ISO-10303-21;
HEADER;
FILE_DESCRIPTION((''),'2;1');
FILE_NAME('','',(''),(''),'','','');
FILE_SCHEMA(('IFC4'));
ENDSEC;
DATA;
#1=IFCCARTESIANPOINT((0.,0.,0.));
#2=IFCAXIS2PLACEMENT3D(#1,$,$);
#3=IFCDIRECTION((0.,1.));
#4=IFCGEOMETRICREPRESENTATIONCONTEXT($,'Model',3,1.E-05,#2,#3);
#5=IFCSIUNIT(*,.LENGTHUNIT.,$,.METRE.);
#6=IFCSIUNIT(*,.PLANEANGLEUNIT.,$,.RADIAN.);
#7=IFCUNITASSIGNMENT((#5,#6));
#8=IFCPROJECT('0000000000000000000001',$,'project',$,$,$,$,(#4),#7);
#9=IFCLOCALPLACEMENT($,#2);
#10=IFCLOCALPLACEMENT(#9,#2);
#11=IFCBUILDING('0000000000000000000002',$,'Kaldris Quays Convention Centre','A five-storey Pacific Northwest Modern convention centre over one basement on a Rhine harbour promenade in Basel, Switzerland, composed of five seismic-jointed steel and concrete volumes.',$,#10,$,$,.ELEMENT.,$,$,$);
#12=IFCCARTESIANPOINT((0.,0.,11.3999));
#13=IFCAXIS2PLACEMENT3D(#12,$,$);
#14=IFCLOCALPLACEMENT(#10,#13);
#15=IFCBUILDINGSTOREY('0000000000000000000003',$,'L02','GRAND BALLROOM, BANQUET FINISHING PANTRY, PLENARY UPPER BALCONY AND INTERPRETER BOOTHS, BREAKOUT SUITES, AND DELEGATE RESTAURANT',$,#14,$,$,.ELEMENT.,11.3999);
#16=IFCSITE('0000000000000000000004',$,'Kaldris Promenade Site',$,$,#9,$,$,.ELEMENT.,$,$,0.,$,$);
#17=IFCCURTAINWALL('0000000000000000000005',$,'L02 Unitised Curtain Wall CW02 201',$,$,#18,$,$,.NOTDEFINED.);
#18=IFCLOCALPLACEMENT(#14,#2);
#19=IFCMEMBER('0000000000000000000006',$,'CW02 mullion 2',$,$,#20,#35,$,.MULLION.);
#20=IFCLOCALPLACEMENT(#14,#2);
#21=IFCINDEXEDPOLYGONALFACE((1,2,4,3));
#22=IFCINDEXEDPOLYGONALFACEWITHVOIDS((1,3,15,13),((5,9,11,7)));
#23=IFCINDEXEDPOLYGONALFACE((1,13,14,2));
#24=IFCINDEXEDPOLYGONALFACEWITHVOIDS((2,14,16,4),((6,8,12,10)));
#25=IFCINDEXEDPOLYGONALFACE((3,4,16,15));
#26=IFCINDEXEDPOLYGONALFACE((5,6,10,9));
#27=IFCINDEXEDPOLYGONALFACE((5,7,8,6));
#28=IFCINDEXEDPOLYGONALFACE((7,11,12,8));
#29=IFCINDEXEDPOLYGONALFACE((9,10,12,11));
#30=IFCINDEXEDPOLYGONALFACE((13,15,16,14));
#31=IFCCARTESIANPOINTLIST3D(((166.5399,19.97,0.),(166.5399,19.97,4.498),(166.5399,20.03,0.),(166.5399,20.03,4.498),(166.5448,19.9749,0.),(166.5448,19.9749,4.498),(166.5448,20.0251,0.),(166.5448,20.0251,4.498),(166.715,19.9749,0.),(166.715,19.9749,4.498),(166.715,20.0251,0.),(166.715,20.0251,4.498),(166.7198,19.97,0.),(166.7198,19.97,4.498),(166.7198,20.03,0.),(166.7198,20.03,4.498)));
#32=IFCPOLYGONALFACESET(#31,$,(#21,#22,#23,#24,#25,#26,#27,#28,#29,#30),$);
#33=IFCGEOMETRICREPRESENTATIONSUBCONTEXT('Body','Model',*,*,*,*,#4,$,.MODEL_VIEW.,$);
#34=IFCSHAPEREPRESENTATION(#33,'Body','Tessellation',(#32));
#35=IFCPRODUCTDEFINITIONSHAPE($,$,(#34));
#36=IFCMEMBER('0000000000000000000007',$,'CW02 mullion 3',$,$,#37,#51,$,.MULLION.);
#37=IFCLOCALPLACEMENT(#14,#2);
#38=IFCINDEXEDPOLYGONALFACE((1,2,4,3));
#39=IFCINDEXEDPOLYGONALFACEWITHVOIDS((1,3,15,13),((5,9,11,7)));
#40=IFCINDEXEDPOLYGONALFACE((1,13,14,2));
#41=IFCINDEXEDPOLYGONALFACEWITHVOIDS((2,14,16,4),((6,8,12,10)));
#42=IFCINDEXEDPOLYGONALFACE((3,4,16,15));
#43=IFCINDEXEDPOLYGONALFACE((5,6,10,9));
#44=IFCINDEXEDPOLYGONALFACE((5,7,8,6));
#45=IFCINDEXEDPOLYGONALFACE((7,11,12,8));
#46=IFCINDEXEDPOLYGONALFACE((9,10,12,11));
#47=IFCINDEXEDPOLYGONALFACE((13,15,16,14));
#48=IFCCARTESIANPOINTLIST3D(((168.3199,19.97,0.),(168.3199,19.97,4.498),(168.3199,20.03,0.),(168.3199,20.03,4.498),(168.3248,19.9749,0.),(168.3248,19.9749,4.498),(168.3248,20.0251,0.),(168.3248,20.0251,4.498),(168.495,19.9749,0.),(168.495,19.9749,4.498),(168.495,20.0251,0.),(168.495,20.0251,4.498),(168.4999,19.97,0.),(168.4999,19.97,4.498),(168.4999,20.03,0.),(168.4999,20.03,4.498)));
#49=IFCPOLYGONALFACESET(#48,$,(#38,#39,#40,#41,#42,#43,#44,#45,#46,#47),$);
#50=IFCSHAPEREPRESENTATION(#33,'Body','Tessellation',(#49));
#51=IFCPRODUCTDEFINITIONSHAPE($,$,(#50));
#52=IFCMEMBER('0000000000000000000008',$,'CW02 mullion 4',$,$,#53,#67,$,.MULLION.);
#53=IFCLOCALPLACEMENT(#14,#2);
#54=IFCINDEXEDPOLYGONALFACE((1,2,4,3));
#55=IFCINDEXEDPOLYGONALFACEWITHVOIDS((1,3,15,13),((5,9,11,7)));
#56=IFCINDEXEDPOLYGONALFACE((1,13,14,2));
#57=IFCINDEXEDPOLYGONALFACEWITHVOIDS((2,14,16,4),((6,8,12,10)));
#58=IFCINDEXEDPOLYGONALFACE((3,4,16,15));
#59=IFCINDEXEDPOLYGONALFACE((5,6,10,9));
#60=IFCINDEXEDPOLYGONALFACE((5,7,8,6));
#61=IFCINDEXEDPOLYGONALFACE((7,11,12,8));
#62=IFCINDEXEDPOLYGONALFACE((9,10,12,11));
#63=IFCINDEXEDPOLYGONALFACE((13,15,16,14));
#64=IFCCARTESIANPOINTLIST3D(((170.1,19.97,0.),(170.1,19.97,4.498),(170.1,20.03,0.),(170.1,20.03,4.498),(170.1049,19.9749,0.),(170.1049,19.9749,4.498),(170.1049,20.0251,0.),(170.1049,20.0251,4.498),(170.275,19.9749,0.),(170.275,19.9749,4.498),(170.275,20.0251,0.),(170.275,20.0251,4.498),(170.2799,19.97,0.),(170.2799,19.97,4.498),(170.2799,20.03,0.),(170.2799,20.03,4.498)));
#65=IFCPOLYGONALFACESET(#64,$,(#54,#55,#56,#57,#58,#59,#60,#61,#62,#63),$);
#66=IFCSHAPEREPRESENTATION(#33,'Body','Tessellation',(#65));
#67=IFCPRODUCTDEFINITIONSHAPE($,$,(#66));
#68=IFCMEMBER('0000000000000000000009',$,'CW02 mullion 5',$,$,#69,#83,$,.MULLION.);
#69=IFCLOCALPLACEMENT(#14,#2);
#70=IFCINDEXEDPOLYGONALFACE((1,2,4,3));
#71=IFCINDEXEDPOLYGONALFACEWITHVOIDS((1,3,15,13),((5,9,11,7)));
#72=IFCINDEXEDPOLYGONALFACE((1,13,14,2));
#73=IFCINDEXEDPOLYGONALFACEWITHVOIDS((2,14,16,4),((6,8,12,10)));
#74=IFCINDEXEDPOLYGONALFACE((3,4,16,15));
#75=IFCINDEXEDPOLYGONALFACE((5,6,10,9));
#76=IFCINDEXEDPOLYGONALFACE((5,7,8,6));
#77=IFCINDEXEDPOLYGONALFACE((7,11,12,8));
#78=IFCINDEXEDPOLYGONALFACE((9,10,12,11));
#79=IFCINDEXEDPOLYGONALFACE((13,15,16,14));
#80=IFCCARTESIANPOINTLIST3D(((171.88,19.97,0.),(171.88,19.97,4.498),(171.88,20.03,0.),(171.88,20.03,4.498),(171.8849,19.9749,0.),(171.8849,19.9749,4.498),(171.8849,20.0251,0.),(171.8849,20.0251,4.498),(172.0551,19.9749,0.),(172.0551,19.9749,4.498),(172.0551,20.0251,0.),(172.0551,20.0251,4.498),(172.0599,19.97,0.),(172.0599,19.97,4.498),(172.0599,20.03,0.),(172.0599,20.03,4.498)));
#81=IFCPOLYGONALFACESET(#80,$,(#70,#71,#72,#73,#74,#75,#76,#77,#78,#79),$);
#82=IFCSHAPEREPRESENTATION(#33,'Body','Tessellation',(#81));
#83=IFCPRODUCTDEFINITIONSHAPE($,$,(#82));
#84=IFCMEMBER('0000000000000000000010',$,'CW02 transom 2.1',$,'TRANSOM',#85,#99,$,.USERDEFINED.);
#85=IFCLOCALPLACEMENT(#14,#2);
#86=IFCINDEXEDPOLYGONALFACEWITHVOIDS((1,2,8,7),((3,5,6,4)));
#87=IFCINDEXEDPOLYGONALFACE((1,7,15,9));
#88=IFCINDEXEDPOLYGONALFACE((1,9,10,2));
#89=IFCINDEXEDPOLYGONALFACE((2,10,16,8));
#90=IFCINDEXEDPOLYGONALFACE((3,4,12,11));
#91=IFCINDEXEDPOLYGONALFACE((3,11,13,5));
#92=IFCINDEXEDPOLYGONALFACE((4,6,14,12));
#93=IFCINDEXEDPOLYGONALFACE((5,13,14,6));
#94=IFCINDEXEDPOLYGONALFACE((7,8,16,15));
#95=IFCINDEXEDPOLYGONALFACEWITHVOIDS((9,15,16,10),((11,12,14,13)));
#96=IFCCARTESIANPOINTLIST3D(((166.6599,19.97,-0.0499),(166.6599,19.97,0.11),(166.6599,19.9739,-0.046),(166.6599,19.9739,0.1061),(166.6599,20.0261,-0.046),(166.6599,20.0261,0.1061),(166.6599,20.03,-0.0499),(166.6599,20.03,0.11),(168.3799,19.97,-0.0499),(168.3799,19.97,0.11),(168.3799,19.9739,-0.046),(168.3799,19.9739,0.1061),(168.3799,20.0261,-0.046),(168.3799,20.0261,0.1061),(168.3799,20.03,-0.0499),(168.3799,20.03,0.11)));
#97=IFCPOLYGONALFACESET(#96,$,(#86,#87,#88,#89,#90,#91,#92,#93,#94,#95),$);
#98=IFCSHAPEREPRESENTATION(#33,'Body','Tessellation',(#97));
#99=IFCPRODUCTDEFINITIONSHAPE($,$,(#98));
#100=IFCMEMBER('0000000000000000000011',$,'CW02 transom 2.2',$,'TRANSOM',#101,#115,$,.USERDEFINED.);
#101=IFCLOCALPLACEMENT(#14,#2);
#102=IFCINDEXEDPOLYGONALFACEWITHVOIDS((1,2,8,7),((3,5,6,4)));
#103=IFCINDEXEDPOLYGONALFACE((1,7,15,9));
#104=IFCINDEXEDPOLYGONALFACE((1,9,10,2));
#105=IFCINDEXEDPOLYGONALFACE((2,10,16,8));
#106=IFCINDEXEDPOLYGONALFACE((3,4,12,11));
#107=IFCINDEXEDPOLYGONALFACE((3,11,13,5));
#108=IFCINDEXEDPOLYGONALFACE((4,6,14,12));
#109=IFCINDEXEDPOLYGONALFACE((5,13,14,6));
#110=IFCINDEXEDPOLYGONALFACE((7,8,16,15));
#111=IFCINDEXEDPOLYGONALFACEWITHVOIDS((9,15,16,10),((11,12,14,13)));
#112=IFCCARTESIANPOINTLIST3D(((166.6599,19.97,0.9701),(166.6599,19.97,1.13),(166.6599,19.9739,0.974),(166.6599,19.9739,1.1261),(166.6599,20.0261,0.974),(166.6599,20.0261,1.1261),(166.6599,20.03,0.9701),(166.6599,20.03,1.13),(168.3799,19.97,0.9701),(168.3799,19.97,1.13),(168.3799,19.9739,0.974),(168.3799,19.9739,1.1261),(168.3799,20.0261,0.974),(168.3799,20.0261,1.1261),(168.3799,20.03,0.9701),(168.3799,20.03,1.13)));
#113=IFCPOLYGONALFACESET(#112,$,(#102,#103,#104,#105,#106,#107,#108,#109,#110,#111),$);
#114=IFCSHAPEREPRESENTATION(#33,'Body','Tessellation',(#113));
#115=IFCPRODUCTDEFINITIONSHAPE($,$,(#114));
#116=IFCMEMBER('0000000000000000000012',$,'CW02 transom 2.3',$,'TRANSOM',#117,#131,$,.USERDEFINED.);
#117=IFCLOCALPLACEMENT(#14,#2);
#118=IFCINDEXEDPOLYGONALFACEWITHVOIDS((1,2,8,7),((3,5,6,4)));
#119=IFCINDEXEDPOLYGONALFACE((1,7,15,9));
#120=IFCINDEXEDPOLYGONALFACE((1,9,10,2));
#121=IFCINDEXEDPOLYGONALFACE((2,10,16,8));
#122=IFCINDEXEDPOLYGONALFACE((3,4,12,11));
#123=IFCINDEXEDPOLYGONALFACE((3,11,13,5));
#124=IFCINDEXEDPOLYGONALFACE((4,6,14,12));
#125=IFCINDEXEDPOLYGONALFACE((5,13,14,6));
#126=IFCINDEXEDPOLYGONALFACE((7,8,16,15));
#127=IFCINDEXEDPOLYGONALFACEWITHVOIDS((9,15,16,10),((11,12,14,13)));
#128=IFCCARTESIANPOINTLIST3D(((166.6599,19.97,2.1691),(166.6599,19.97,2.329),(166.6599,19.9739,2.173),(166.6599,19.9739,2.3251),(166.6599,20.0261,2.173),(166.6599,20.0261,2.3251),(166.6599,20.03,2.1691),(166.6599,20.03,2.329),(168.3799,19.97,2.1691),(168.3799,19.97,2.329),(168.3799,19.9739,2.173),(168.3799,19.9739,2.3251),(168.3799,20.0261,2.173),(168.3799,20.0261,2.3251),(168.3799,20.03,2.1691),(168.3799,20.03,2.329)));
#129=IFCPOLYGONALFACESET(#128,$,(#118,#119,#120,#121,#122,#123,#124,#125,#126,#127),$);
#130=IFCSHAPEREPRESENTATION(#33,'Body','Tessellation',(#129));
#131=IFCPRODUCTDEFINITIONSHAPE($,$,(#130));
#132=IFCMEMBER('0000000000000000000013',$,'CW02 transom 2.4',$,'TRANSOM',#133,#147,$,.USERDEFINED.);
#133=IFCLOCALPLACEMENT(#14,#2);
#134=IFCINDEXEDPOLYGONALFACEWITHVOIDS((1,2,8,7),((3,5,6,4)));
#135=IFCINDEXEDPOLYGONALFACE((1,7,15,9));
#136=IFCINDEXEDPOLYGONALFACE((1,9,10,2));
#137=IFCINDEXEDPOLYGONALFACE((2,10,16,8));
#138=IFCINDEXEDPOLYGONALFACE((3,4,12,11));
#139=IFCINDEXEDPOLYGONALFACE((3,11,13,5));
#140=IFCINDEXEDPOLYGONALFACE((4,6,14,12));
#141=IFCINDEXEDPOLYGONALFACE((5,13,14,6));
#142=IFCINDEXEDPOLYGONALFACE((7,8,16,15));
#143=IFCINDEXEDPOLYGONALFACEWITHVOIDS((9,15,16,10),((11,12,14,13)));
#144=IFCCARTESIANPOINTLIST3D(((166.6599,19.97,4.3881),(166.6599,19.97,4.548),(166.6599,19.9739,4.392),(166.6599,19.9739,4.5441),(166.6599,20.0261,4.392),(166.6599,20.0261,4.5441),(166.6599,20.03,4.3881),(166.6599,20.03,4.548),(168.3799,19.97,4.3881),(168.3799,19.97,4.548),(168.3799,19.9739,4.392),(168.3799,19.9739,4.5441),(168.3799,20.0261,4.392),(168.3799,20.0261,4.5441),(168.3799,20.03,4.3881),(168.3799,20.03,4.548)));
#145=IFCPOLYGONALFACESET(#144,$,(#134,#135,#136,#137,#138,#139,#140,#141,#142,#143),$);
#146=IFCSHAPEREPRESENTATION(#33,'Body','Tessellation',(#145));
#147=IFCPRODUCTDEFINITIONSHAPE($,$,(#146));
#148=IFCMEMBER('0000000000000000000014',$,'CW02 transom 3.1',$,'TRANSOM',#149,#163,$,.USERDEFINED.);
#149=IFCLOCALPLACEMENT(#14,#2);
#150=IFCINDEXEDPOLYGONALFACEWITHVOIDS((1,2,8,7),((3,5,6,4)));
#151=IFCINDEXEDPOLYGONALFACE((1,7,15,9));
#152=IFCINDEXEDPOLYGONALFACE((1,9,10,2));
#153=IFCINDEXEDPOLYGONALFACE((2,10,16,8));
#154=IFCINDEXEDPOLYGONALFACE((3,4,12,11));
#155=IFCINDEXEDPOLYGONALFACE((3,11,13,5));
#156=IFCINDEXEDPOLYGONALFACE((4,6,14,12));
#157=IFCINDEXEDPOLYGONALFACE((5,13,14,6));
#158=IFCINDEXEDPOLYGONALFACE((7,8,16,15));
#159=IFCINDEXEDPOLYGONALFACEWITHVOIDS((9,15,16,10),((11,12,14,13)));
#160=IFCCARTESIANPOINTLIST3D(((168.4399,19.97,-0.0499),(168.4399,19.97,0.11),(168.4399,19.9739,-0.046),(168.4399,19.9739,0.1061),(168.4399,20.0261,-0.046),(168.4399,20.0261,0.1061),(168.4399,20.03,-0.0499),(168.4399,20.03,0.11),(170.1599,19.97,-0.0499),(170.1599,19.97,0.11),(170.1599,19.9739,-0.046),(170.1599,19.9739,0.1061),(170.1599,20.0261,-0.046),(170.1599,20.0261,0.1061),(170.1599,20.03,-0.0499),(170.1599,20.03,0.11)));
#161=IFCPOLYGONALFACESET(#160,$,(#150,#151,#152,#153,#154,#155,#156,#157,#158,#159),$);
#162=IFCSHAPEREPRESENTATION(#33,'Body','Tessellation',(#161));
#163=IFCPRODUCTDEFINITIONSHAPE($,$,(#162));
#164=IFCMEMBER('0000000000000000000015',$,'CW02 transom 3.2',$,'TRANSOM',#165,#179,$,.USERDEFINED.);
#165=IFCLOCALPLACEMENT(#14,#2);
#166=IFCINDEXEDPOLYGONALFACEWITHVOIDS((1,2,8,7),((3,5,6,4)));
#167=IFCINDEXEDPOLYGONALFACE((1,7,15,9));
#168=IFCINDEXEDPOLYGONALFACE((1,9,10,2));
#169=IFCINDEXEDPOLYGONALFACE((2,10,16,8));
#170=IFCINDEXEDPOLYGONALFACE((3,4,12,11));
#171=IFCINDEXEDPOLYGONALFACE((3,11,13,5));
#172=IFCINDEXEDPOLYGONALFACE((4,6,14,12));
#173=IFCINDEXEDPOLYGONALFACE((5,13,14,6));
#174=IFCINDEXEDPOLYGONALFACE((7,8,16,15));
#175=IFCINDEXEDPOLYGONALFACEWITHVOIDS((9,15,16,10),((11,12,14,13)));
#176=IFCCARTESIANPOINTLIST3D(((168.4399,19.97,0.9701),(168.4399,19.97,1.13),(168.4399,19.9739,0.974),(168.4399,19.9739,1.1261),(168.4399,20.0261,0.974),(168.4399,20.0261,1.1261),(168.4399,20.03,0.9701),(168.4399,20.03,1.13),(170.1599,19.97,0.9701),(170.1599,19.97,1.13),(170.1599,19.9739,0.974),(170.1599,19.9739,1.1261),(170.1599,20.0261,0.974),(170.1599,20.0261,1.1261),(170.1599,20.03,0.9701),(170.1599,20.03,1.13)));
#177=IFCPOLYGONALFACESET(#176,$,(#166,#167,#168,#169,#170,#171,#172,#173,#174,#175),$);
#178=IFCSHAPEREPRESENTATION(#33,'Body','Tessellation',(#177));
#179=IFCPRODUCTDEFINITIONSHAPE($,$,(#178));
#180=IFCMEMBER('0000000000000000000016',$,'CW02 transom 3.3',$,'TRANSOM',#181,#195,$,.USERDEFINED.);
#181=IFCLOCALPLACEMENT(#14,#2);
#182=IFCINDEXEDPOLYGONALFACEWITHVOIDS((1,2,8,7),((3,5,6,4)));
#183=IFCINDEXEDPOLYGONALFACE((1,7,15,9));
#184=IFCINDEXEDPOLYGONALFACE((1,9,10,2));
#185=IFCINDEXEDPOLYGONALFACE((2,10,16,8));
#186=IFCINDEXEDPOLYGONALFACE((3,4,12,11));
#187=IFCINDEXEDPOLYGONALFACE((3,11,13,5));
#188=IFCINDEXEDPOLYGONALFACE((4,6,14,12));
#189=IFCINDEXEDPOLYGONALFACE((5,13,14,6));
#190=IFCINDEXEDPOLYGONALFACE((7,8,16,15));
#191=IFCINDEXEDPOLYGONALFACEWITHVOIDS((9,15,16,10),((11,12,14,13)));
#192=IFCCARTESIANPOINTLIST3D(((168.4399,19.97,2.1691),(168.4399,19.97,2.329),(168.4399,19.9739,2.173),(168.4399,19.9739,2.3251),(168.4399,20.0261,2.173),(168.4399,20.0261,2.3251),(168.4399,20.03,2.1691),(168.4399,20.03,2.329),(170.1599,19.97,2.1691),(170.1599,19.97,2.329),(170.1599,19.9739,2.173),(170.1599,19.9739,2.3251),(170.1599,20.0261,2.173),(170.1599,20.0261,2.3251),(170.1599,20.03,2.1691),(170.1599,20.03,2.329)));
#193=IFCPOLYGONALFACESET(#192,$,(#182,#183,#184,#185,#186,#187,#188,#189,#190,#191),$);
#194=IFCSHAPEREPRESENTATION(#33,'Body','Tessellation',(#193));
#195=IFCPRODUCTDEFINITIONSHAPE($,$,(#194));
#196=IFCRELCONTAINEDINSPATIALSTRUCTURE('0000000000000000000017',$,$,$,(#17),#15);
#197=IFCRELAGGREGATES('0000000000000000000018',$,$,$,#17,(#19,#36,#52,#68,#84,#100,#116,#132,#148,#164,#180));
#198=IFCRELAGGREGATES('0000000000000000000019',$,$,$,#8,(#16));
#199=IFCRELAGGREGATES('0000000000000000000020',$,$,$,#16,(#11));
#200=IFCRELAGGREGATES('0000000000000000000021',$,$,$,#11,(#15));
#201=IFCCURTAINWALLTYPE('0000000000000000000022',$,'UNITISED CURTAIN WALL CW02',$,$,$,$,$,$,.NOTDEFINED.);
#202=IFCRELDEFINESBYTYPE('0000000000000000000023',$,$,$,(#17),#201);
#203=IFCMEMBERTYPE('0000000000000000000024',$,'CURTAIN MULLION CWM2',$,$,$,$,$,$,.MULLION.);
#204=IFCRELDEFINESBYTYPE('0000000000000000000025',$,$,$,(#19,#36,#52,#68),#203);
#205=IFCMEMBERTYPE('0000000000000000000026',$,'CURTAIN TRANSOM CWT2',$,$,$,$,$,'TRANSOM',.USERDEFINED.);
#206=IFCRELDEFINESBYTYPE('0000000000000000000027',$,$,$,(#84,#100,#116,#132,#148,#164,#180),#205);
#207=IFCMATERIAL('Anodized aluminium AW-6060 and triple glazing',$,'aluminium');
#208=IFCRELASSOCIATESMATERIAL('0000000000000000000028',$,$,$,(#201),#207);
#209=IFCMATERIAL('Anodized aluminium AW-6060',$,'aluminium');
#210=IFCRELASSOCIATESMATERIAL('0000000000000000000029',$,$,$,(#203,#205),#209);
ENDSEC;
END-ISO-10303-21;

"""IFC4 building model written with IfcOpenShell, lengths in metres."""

from ifc_helpers import new_model, si_unit, direction, frame, origin, origin_2d, place, context, subcontext, project, spatial, hollow_rectangle, extrude, material, material_profile, profile_set, type_object, element, aggregate, save


model = new_model("IFC4")

# Units and contexts
model_context = context("Model", 3, precision=1e-05, world=origin(), true_north=direction((0.0, 1.0)))
body_context = subcontext(model_context, "Body", "Model", "MODEL_VIEW")
ifc_project = project(units=[si_unit("LENGTHUNIT", "METRE"), si_unit("PLANEANGLEUNIT", "RADIAN")], contexts=[model_context])

# Site, building, storey
site_placement = place(None, origin())
site = spatial("IfcSite", under=ifc_project, at=site_placement, Name="Kaldris Promenade Site", CompositionType="ELEMENT", RefElevation=0.0)
building_placement = place(site_placement, origin())
building = spatial("IfcBuilding", under=site, at=building_placement, Name="Kaldris Quays Convention Centre", Description="A five-storey Pacific Northwest Modern convention centre over one basement on a Rhine harbour promenade in Basel, Switzerland, composed of five seismic-jointed steel and concrete volumes.", CompositionType="ELEMENT")
storey_placement = place(building_placement, frame((0.0, 0.0, 11.3999)))
storey = spatial("IfcBuildingStorey", under=building, at=storey_placement, Name="L02", Description="GRAND BALLROOM, BANQUET FINISHING PANTRY, PLENARY UPPER BALCONY AND INTERPRETER BOOTHS, BREAKOUT SUITES, AND DELEGATE RESTAURANT", CompositionType="ELEMENT", Elevation=11.3999)

# Curtain wall, members
ifc_material_1 = material(Name="Anodized aluminium AW-6060 and triple glazing", Category="aluminium")
curtain_wall_type = type_object("IfcCurtainWallType", Name="UNITISED CURTAIN WALL CW02", PredefinedType="NOTDEFINED", material=ifc_material_1)
curtain_wall_placement = place(storey_placement, origin())
curtain_wall = element("IfcCurtainWall", 1, at=curtain_wall_placement, inside=storey, type_object=curtain_wall_type, Name="L02 Unitised Curtain Wall CW02 201", PredefinedType="NOTDEFINED")
ifc_material_2 = material(Name="Anodized aluminium AW-6060", Category="aluminium")
ifc_material_profile_1 = material_profile(ifc_material_2, hollow_rectangle(XDim=0.0601, YDim=0.1799, WallThickness=0.0049, at=origin_2d()), Name="RHS 180x60x5")
ifc_profile_set_1 = profile_set([ifc_material_profile_1], Name="Anodized aluminium AW-6060")
member_type_1 = type_object("IfcMemberType", Name="CURTAIN MULLION CWM2", PredefinedType="MULLION", material=ifc_profile_set_1)
member_1_placement = place(storey_placement, frame((166.6299, 20.0, 0.0), z_axis=(0.0, 0.0, 1.0), x_axis=(0.0, 1.0, 0.0)))
member_1 = element("IfcMember", 2, at=member_1_placement, type_object=member_type_1, Name="CW02 mullion 2", PredefinedType="MULLION", context=body_context, shape_type="SweptSolid", body=[
    extrude(hollow_rectangle(XDim=0.0601, YDim=0.1799, WallThickness=0.0049, at=origin_2d()), origin(), (0.0, 0.0, 1.0), 4.498),
])
member_2_placement = place(storey_placement, frame((168.4099, 20.0, 0.0), z_axis=(0.0, 0.0, 1.0), x_axis=(0.0, 1.0, 0.0)))
member_2 = element("IfcMember", 3, at=member_2_placement, type_object=member_type_1, Name="CW02 mullion 3", PredefinedType="MULLION", context=body_context, shape_type="SweptSolid", body=[
    extrude(hollow_rectangle(XDim=0.0601, YDim=0.1799, WallThickness=0.0049, at=origin_2d()), origin(), (0.0, 0.0, 1.0), 4.498),
])
member_3_placement = place(storey_placement, frame((170.1899, 20.0, 0.0), z_axis=(0.0, 0.0, 1.0), x_axis=(0.0, 1.0, 0.0)))
member_3 = element("IfcMember", 4, at=member_3_placement, type_object=member_type_1, Name="CW02 mullion 4", PredefinedType="MULLION", context=body_context, shape_type="SweptSolid", body=[
    extrude(hollow_rectangle(XDim=0.0601, YDim=0.1799, WallThickness=0.0049, at=origin_2d()), origin(), (0.0, 0.0, 1.0), 4.498),
])
member_4_placement = place(storey_placement, frame((171.97, 20.0, 0.0), z_axis=(0.0, 0.0, 1.0), x_axis=(0.0, 1.0, 0.0)))
member_4 = element("IfcMember", 5, at=member_4_placement, type_object=member_type_1, Name="CW02 mullion 5", PredefinedType="MULLION", context=body_context, shape_type="SweptSolid", body=[
    extrude(hollow_rectangle(XDim=0.0601, YDim=0.1799, WallThickness=0.0049, at=origin_2d()), origin(), (0.0, 0.0, 1.0), 4.498),
])
ifc_material_profile_2 = material_profile(ifc_material_2, hollow_rectangle(XDim=0.0601, YDim=0.1599, WallThickness=0.0039, at=origin_2d()), Name="RHS 160x60x4")
ifc_profile_set_2 = profile_set([ifc_material_profile_2], Name="Anodized aluminium AW-6060")
member_type_2 = type_object("IfcMemberType", Name="CURTAIN TRANSOM CWT2", ElementType="TRANSOM", PredefinedType="USERDEFINED", material=ifc_profile_set_2)
member_5_placement = place(storey_placement, frame((166.6599, 20.0, 0.03), z_axis=(1.0, 0.0, 0.0), x_axis=(0.0, 1.0, 0.0)))
member_5 = element("IfcMember", 6, at=member_5_placement, type_object=member_type_2, Name="CW02 transom 2.1", ObjectType="TRANSOM", PredefinedType="USERDEFINED", context=body_context, shape_type="SweptSolid", body=[
    extrude(hollow_rectangle(XDim=0.0601, YDim=0.1599, WallThickness=0.0039, at=origin_2d()), origin(), (0.0, 0.0, 1.0), 1.72),
])
member_6_placement = place(storey_placement, frame((166.6599, 20.0, 1.05), z_axis=(1.0, 0.0, 0.0), x_axis=(0.0, 1.0, 0.0)))
member_6 = element("IfcMember", 7, at=member_6_placement, type_object=member_type_2, Name="CW02 transom 2.2", ObjectType="TRANSOM", PredefinedType="USERDEFINED", context=body_context, shape_type="SweptSolid", body=[
    extrude(hollow_rectangle(XDim=0.0601, YDim=0.1599, WallThickness=0.0039, at=origin_2d()), origin(), (0.0, 0.0, 1.0), 1.72),
])
member_7_placement = place(storey_placement, frame((166.6599, 20.0, 2.249), z_axis=(1.0, 0.0, 0.0), x_axis=(0.0, 1.0, 0.0)))
member_7 = element("IfcMember", 8, at=member_7_placement, type_object=member_type_2, Name="CW02 transom 2.3", ObjectType="TRANSOM", PredefinedType="USERDEFINED", context=body_context, shape_type="SweptSolid", body=[
    extrude(hollow_rectangle(XDim=0.0601, YDim=0.1599, WallThickness=0.0039, at=origin_2d()), origin(), (0.0, 0.0, 1.0), 1.72),
])
member_8_placement = place(storey_placement, frame((166.6599, 20.0, 4.468), z_axis=(1.0, 0.0, 0.0), x_axis=(0.0, 1.0, 0.0)))
member_8 = element("IfcMember", 9, at=member_8_placement, type_object=member_type_2, Name="CW02 transom 2.4", ObjectType="TRANSOM", PredefinedType="USERDEFINED", context=body_context, shape_type="SweptSolid", body=[
    extrude(hollow_rectangle(XDim=0.0601, YDim=0.1599, WallThickness=0.0039, at=origin_2d()), origin(), (0.0, 0.0, 1.0), 1.72),
])
member_9_placement = place(storey_placement, frame((168.4399, 20.0, 0.03), z_axis=(1.0, 0.0, 0.0), x_axis=(0.0, 1.0, 0.0)))
member_9 = element("IfcMember", 10, at=member_9_placement, type_object=member_type_2, Name="CW02 transom 3.1", ObjectType="TRANSOM", PredefinedType="USERDEFINED", context=body_context, shape_type="SweptSolid", body=[
    extrude(hollow_rectangle(XDim=0.0601, YDim=0.1599, WallThickness=0.0039, at=origin_2d()), origin(), (0.0, 0.0, 1.0), 1.72),
])
member_10_placement = place(storey_placement, frame((168.4399, 20.0, 1.05), z_axis=(1.0, 0.0, 0.0), x_axis=(0.0, 1.0, 0.0)))
member_10 = element("IfcMember", 11, at=member_10_placement, type_object=member_type_2, Name="CW02 transom 3.2", ObjectType="TRANSOM", PredefinedType="USERDEFINED", context=body_context, shape_type="SweptSolid", body=[
    extrude(hollow_rectangle(XDim=0.0601, YDim=0.1599, WallThickness=0.0039, at=origin_2d()), origin(), (0.0, 0.0, 1.0), 1.72),
])
member_11_placement = place(storey_placement, frame((168.4399, 20.0, 2.249), z_axis=(1.0, 0.0, 0.0), x_axis=(0.0, 1.0, 0.0)))
member_11 = element("IfcMember", 12, at=member_11_placement, type_object=member_type_2, Name="CW02 transom 3.3", ObjectType="TRANSOM", PredefinedType="USERDEFINED", context=body_context, shape_type="SweptSolid", body=[
    extrude(hollow_rectangle(XDim=0.0601, YDim=0.1599, WallThickness=0.0039, at=origin_2d()), origin(), (0.0, 0.0, 1.0), 1.72),
])
aggregate(curtain_wall, [member_1, member_2, member_3, member_4, member_5, member_6, member_7, member_8, member_9, member_10, member_11])

save(model, "model.ifc")
